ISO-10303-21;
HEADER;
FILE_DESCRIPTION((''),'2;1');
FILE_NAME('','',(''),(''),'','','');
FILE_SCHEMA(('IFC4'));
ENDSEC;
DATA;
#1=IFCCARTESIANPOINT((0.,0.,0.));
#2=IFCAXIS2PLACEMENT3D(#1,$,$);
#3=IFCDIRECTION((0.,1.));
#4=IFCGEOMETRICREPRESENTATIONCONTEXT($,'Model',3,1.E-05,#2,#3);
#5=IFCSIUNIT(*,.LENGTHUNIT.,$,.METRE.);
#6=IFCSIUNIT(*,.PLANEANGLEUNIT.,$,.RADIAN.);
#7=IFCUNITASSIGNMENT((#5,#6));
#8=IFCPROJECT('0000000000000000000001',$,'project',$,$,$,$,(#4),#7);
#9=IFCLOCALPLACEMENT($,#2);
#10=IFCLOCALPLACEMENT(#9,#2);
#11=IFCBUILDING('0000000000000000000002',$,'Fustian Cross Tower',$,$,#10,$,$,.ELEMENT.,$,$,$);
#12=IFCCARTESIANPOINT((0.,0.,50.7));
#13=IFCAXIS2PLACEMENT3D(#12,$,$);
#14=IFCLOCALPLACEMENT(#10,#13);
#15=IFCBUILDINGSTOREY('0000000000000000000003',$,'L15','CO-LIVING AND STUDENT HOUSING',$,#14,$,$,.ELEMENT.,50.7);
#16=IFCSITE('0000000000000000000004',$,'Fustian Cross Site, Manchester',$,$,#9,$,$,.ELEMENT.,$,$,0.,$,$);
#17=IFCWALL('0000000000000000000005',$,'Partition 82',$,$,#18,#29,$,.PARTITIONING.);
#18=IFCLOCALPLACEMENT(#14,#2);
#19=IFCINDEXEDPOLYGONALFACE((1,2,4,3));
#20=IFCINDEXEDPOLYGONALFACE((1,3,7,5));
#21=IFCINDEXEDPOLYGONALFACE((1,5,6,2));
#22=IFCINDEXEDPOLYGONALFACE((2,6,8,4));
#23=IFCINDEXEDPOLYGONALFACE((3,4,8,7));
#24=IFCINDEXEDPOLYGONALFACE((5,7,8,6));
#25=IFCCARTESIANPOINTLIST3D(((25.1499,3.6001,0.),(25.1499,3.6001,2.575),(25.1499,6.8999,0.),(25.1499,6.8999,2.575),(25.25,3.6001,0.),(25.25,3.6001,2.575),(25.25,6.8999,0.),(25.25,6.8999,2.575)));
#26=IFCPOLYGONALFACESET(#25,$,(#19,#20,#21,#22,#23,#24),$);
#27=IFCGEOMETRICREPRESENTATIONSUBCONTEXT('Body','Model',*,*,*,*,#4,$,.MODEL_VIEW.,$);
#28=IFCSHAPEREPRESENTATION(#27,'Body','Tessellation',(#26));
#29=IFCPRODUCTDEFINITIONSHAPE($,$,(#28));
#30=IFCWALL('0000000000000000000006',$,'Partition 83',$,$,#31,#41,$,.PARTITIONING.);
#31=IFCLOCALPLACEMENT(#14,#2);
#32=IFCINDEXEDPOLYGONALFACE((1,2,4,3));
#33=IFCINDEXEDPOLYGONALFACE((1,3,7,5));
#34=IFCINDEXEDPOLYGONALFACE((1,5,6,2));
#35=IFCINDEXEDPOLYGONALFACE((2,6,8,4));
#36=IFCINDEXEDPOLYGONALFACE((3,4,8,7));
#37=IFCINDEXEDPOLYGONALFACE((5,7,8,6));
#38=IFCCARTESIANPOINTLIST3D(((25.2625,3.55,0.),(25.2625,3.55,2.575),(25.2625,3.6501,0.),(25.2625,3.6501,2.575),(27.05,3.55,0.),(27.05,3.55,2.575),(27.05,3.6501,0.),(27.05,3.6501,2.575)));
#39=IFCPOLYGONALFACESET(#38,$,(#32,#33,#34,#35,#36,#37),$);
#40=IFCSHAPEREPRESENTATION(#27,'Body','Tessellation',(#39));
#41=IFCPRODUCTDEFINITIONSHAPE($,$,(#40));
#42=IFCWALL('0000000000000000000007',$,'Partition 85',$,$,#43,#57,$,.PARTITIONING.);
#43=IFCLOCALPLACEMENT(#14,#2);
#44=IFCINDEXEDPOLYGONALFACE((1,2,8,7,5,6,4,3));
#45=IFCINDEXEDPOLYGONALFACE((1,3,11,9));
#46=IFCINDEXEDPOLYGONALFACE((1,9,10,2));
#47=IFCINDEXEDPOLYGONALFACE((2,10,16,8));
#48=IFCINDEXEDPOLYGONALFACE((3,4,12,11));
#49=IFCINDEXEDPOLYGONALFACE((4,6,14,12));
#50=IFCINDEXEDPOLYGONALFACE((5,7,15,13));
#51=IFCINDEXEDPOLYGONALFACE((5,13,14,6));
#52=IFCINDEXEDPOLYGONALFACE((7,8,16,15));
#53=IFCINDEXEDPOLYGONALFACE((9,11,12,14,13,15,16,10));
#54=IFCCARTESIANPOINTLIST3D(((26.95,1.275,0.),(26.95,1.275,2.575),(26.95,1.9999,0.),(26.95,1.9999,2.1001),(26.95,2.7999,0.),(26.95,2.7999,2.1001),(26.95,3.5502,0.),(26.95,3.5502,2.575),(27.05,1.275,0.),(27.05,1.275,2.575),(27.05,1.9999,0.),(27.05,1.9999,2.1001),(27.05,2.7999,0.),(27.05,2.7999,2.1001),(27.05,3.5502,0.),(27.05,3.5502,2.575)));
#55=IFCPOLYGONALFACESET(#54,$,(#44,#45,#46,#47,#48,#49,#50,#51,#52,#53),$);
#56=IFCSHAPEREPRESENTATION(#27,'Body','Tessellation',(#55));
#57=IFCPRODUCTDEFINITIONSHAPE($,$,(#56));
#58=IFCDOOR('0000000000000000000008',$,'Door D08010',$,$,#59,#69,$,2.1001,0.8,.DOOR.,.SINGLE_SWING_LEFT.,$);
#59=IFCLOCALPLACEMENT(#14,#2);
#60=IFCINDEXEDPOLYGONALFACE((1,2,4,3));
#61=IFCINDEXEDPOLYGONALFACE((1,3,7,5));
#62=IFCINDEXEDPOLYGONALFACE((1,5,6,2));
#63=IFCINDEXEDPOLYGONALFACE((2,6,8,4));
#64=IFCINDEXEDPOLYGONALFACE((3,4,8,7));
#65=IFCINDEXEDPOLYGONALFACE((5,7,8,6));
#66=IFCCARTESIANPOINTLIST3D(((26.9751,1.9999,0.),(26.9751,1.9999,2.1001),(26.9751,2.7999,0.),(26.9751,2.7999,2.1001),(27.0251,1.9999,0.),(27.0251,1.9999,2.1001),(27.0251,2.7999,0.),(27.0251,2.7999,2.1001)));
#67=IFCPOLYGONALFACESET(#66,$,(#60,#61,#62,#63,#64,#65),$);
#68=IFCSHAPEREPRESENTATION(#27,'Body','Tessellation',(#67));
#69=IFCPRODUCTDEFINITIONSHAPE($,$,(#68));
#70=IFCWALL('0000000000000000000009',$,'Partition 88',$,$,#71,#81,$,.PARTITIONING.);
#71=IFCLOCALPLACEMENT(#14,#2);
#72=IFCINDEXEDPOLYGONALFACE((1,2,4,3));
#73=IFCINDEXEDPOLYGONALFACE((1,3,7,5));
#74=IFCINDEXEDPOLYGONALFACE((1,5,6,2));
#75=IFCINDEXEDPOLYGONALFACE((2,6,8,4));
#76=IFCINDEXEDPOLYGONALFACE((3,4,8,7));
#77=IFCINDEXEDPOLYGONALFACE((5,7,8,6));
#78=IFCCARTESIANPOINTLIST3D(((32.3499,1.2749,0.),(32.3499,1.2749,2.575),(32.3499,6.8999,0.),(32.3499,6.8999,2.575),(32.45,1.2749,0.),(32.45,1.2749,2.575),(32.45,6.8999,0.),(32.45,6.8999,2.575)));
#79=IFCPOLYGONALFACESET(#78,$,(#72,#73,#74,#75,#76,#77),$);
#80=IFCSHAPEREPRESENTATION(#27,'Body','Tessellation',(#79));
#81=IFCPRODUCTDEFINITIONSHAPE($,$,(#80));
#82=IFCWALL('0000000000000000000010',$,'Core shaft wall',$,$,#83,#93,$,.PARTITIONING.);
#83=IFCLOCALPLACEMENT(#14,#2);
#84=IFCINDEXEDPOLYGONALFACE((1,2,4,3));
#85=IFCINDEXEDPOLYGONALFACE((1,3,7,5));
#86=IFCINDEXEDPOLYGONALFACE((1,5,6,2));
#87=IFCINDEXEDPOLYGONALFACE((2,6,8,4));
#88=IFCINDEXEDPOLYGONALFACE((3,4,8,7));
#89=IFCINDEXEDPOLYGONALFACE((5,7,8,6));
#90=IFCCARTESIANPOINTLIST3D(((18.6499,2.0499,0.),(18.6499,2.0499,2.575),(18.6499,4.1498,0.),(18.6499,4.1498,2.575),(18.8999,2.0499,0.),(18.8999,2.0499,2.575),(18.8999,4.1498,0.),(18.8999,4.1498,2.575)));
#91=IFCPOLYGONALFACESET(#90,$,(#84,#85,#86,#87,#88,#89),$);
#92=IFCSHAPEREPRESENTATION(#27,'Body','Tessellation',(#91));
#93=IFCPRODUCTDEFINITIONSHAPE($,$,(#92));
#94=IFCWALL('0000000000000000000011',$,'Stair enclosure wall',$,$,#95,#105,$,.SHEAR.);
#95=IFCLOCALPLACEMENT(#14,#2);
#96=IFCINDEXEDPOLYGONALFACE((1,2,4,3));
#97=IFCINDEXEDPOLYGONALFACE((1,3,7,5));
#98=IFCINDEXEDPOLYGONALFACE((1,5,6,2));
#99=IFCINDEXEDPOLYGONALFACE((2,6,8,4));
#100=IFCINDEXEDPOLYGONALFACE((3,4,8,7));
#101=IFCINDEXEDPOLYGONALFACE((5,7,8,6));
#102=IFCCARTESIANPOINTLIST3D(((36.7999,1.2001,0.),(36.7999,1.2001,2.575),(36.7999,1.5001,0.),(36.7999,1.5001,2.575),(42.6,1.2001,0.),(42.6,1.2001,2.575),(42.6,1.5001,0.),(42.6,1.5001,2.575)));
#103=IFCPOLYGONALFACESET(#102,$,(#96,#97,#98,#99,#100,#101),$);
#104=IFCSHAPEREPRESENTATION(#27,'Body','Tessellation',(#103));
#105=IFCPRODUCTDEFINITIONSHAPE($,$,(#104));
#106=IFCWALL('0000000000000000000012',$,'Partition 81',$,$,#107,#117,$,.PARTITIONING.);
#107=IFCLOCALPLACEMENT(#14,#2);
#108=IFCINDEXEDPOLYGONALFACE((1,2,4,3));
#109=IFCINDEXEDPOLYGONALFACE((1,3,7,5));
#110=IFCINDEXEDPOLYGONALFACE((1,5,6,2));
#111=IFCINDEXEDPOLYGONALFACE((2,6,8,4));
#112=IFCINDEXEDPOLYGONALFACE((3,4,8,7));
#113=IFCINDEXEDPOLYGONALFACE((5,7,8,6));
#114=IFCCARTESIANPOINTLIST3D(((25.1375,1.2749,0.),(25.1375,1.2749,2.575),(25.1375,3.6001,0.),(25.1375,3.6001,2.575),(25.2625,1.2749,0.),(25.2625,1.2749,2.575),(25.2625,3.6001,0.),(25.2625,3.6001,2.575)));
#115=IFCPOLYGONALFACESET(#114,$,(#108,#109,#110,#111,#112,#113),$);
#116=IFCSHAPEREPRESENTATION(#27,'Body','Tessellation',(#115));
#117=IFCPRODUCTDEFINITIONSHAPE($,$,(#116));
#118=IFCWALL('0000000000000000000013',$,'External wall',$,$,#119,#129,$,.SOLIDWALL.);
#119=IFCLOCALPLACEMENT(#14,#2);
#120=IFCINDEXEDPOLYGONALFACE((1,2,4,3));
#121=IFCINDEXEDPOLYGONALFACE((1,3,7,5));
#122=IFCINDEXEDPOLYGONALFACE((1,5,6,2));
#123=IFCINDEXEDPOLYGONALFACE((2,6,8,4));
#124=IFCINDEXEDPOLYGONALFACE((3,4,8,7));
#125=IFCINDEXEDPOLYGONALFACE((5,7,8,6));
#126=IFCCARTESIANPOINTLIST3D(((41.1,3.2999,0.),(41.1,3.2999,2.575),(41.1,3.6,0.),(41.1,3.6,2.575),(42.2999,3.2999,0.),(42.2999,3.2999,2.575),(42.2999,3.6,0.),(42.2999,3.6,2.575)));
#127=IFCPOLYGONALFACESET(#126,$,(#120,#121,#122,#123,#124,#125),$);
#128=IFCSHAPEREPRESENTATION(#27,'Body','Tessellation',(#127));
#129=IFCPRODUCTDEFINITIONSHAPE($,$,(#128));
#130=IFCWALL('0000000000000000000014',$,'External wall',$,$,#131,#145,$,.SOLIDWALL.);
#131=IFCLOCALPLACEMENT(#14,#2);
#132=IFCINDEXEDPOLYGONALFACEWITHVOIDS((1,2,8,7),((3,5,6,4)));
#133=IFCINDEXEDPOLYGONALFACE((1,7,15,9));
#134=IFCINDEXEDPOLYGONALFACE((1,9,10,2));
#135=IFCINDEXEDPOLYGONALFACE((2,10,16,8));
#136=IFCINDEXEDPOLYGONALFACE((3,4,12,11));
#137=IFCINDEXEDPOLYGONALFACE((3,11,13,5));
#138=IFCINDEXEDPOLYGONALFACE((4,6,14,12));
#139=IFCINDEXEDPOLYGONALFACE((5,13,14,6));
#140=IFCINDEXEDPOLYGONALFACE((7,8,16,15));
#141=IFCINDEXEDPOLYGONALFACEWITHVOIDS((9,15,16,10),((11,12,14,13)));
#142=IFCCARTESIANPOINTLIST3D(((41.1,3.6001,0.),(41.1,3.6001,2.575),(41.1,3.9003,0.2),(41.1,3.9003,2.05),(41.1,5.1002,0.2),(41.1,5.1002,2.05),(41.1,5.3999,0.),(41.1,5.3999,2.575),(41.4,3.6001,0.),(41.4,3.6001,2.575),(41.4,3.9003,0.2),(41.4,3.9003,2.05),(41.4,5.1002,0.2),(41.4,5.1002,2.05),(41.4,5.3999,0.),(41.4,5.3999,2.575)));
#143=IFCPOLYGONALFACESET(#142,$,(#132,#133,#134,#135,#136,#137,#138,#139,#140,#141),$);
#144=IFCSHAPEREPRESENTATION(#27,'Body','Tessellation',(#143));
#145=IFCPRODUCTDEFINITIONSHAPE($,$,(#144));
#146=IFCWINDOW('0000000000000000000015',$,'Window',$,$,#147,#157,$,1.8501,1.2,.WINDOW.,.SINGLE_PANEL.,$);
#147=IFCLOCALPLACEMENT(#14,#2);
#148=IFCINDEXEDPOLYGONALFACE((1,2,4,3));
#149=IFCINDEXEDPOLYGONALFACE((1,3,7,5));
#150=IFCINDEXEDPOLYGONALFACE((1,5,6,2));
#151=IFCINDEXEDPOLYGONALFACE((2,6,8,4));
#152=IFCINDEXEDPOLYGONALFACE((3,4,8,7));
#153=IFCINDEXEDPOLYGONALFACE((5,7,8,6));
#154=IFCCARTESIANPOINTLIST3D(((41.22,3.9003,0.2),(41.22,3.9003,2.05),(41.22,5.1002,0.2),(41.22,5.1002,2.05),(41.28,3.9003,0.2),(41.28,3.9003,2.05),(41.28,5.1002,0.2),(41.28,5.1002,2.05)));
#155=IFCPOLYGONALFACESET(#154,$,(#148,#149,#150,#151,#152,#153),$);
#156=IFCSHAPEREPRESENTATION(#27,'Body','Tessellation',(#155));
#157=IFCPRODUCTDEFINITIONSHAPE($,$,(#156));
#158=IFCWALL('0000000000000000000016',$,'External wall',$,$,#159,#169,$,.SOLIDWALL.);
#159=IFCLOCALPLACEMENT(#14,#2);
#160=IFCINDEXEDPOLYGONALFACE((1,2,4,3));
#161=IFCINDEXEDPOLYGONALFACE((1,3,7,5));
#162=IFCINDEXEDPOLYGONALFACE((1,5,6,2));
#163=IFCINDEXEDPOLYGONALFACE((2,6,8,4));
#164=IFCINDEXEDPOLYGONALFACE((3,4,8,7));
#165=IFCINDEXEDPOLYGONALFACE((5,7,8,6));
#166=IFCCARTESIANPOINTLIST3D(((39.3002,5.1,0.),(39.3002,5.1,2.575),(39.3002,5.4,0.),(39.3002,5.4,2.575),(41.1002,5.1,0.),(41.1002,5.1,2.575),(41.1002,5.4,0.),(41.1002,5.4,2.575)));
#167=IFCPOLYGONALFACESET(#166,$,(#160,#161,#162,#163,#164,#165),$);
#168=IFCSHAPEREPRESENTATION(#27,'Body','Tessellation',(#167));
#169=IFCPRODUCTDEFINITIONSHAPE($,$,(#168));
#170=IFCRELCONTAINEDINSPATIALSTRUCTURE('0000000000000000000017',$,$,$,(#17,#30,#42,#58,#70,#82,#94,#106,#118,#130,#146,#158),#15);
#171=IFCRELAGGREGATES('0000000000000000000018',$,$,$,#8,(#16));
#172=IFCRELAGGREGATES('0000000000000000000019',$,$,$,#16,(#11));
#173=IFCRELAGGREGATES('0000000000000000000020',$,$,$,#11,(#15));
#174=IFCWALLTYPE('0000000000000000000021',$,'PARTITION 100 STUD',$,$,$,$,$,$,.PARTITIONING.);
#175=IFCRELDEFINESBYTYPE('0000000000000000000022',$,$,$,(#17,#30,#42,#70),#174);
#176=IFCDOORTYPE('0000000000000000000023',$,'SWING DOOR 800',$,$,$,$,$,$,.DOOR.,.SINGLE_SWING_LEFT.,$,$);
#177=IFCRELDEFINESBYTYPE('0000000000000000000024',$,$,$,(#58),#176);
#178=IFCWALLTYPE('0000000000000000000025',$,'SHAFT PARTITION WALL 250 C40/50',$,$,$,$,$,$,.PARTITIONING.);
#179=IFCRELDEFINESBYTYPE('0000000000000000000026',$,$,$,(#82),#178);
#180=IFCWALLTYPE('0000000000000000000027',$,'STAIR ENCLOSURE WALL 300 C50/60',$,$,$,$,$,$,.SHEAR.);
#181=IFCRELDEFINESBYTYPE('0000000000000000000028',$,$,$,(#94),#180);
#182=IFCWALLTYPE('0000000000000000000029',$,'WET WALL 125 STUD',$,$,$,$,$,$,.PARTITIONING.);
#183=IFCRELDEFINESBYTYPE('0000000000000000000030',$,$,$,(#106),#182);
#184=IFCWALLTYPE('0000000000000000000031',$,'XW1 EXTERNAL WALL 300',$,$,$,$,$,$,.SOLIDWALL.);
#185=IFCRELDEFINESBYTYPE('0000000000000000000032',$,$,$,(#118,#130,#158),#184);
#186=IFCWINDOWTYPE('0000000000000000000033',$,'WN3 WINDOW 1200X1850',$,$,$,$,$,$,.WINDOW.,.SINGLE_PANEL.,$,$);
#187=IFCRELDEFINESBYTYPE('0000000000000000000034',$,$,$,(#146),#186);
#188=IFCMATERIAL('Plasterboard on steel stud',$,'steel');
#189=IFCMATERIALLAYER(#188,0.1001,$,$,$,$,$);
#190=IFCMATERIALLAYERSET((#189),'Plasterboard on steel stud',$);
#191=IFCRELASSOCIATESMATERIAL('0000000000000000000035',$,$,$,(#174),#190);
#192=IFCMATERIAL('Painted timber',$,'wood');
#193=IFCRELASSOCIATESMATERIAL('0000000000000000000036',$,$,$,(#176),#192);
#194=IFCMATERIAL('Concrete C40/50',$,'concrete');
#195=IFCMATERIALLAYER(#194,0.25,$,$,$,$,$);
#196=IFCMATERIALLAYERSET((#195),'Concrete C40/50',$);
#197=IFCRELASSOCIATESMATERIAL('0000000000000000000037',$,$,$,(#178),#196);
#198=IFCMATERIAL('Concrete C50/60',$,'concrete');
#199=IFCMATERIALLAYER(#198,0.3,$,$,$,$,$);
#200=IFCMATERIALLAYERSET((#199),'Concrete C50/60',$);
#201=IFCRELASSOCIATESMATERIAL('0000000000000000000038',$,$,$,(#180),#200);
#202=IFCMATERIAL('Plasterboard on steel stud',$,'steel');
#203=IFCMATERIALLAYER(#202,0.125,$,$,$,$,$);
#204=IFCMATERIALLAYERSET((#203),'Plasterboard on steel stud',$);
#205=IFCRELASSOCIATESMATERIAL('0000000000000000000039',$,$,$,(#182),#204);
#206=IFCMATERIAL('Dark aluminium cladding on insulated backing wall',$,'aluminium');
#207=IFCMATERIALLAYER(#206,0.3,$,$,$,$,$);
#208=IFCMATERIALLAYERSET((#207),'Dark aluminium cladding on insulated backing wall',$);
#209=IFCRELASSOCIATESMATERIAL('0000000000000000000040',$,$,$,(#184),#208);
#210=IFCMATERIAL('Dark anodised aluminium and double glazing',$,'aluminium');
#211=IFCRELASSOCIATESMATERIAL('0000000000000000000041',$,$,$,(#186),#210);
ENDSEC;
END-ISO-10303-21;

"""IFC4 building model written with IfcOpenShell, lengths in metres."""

from ifc_helpers import new_model, si_unit, direction, frame, frame_2d, origin, place, context, subcontext, project, spatial, rectangle, extrude, material, layer, layer_set, type_object, element, fill, save


model = new_model("IFC4")

# Units and contexts
model_context = context("Model", 3, precision=1e-05, world=origin(), true_north=direction((0.0, 1.0)))
body_context = subcontext(model_context, "Body", "Model", "MODEL_VIEW")
ifc_project = project(units=[si_unit("LENGTHUNIT", "METRE"), si_unit("PLANEANGLEUNIT", "RADIAN")], contexts=[model_context])

# Site, building, storey
site_placement = place(None, origin())
site = spatial("IfcSite", under=ifc_project, at=site_placement, Name="Fustian Cross Site, Manchester", CompositionType="ELEMENT", RefElevation=0.0)
building_placement = place(site_placement, origin())
building = spatial("IfcBuilding", under=site, at=building_placement, Name="Fustian Cross Tower", CompositionType="ELEMENT")
storey_placement = place(building_placement, frame((0.0, 0.0, 50.7)))
storey = spatial("IfcBuildingStorey", under=building, at=storey_placement, Name="L15", Description="CO-LIVING AND STUDENT HOUSING", CompositionType="ELEMENT", Elevation=50.7)

# Walls
ifc_material_1 = material(Name="Plasterboard on steel stud", Category="steel")
ifc_layer_1 = layer(ifc_material_1, 0.1001)
ifc_layer_set_1 = layer_set([ifc_layer_1], Name="Plasterboard on steel stud")
wall_type_1 = type_object("IfcWallType", Name="PARTITION 100 STUD", PredefinedType="PARTITIONING", material=ifc_layer_set_1)
wall_1_placement = place(storey_placement, frame((25.2, 3.6001, 0.0), z_axis=(0.0, 0.0, 1.0), x_axis=(0.0, 1.0, 0.0)))
element("IfcWall", 1, at=wall_1_placement, inside=storey, type_object=wall_type_1, Name="Partition 82", PredefinedType="PARTITIONING", context=body_context, shape_type="SweptSolid", body=[
    extrude(rectangle(XDim=3.2998, YDim=0.1001, at=frame_2d((1.6499, 0.0))), origin(), (0.0, 0.0, 1.0), 2.575),
])
wall_2_placement = place(storey_placement, frame((25.2625, 3.6001, 0.0), z_axis=(0.0, 0.0, 1.0), x_axis=(1.0, 0.0, 0.0)))
element("IfcWall", 2, at=wall_2_placement, inside=storey, type_object=wall_type_1, Name="Partition 83", PredefinedType="PARTITIONING", context=body_context, shape_type="SweptSolid", body=[
    extrude(rectangle(XDim=1.7876, YDim=0.1001, at=frame_2d((0.8938, 0.0))), origin(), (0.0, 0.0, 1.0), 2.575),
])

# Wall, opening, door
wall_3_placement = place(storey_placement, frame((27.0, 1.2749, 0.0), z_axis=(0.0, 0.0, 1.0), x_axis=(0.0, 1.0, 0.0)))
wall_3 = element("IfcWall", 3, at=wall_3_placement, inside=storey, type_object=wall_type_1, Name="Partition 85", PredefinedType="PARTITIONING", context=body_context, shape_type="SweptSolid", body=[
    extrude(rectangle(XDim=2.2751, YDim=0.1001, at=frame_2d((1.1377, 0.0))), origin(), (0.0, 0.0, 1.0), 2.575),
])
opening_1_placement = place(wall_3_placement, frame((0.7251, 0.0, 0.0)))
opening_1 = element("IfcOpeningElement", 4, at=opening_1_placement, cuts=wall_3, PredefinedType="OPENING", context=body_context, shape_type="SweptSolid", body=[
    extrude(rectangle(XDim=0.8, YDim=2.1001, at=frame_2d((0.3999, 1.05))), frame((0.0, 0.0601, 0.0), z_axis=(0.0, -1.0, 0.0), x_axis=(1.0, 0.0, 0.0)), (0.0, 0.0, 1.0), 0.1201),
])
ifc_material_2 = material(Name="Painted timber", Category="wood")
door_type_1 = type_object("IfcDoorType", Name="SWING DOOR 800", OperationType="SINGLE_SWING_LEFT", PredefinedType="DOOR", material=ifc_material_2)
door_1_placement = place(opening_1_placement, origin())
door_1 = element("IfcDoor", 5, at=door_1_placement, inside=storey, type_object=door_type_1, Name="Door D08010", OperationType="SINGLE_SWING_LEFT", OverallHeight=2.1001, OverallWidth=0.8, PredefinedType="DOOR", context=body_context, shape_type="SweptSolid", body=[
    extrude(rectangle(XDim=0.8, YDim=2.1001, at=frame_2d((0.3999, 1.05))), frame((0.0, 0.0249, 0.0), z_axis=(0.0, -1.0, 0.0), x_axis=(1.0, 0.0, 0.0)), (0.0, 0.0, 1.0), 0.05),
])
fill(opening_1, door_1)

# Walls
wall_4_placement = place(storey_placement, frame((32.3999, 1.2749, 0.0), z_axis=(0.0, 0.0, 1.0), x_axis=(0.0, 1.0, 0.0)))
element("IfcWall", 6, at=wall_4_placement, inside=storey, type_object=wall_type_1, Name="Partition 88", PredefinedType="PARTITIONING", context=body_context, shape_type="SweptSolid", body=[
    extrude(rectangle(XDim=5.625, YDim=0.1001, at=frame_2d((2.8125, 0.0))), origin(), (0.0, 0.0, 1.0), 2.575),
])
ifc_material_3 = material(Name="Concrete C40/50", Category="concrete")
ifc_layer_2 = layer(ifc_material_3, 0.25)
ifc_layer_set_2 = layer_set([ifc_layer_2], Name="Concrete C40/50")
wall_type_2 = type_object("IfcWallType", Name="SHAFT PARTITION WALL 250 C40/50", PredefinedType="PARTITIONING", material=ifc_layer_set_2)
wall_5_placement = place(storey_placement, frame((18.7749, 2.05, 0.0), z_axis=(0.0, 0.0, 1.0), x_axis=(0.0, 1.0, 0.0)))
element("IfcWall", 7, at=wall_5_placement, inside=storey, type_object=wall_type_2, Name="Core shaft wall", PredefinedType="PARTITIONING", context=body_context, shape_type="SweptSolid", body=[
    extrude(rectangle(XDim=2.0999, YDim=0.25, at=frame_2d((1.0498, 0.0))), origin(), (0.0, 0.0, 1.0), 2.575),
])
ifc_material_4 = material(Name="Concrete C50/60", Category="concrete")
ifc_layer_3 = layer(ifc_material_4, 0.3)
ifc_layer_set_3 = layer_set([ifc_layer_3], Name="Concrete C50/60")
wall_type_3 = type_object("IfcWallType", Name="STAIR ENCLOSURE WALL 300 C50/60", PredefinedType="SHEAR", material=ifc_layer_set_3)
wall_6_placement = place(storey_placement, frame((36.8, 1.3501, 0.0), z_axis=(0.0, 0.0, 1.0), x_axis=(1.0, 0.0, 0.0)))
element("IfcWall", 8, at=wall_6_placement, inside=storey, type_object=wall_type_3, Name="Stair enclosure wall", PredefinedType="SHEAR", context=body_context, shape_type="SweptSolid", body=[
    extrude(rectangle(XDim=5.8, YDim=0.3, at=frame_2d((2.8999, 0.0))), origin(), (0.0, 0.0, 1.0), 2.575),
])
ifc_material_5 = material(Name="Plasterboard on steel stud", Category="steel")
ifc_layer_4 = layer(ifc_material_5, 0.125)
ifc_layer_set_4 = layer_set([ifc_layer_4], Name="Plasterboard on steel stud")
wall_type_4 = type_object("IfcWallType", Name="WET WALL 125 STUD", PredefinedType="PARTITIONING", material=ifc_layer_set_4)
wall_7_placement = place(storey_placement, frame((25.2, 1.2749, 0.0), z_axis=(0.0, 0.0, 1.0), x_axis=(0.0, 1.0, 0.0)))
element("IfcWall", 9, at=wall_7_placement, inside=storey, type_object=wall_type_4, Name="Partition 81", PredefinedType="PARTITIONING", context=body_context, shape_type="SweptSolid", body=[
    extrude(rectangle(XDim=2.3252, YDim=0.125, at=frame_2d((1.1626, 0.0))), origin(), (0.0, 0.0, 1.0), 2.575),
])
ifc_material_6 = material(Name="Dark aluminium cladding on insulated backing wall", Category="aluminium")
ifc_layer_5 = layer(ifc_material_6, 0.3)
ifc_layer_set_5 = layer_set([ifc_layer_5], Name="Dark aluminium cladding on insulated backing wall")
wall_type_5 = type_object("IfcWallType", Name="XW1 EXTERNAL WALL 300", PredefinedType="SOLIDWALL", material=ifc_layer_set_5)
wall_8_placement = place(storey_placement, frame((42.3, 3.45, 0.0), z_axis=(0.0, 0.0, 1.0), x_axis=(-1.0, 0.0, 0.0)))
element("IfcWall", 10, at=wall_8_placement, inside=storey, type_object=wall_type_5, Name="External wall", PredefinedType="SOLIDWALL", context=body_context, shape_type="SweptSolid", body=[
    extrude(rectangle(XDim=1.2, YDim=0.3, at=frame_2d((0.6001, 0.0))), origin(), (0.0, 0.0, 1.0), 2.575),
])

# Wall, opening, window
wall_9_placement = place(storey_placement, frame((41.25, 3.6001, 0.0), z_axis=(0.0, 0.0, 1.0), x_axis=(0.0, 1.0, 0.0)))
wall_9 = element("IfcWall", 11, at=wall_9_placement, inside=storey, type_object=wall_type_5, Name="External wall", PredefinedType="SOLIDWALL", context=body_context, shape_type="SweptSolid", body=[
    extrude(rectangle(XDim=1.7998, YDim=0.3, at=frame_2d((0.8999, 0.0))), origin(), (0.0, 0.0, 1.0), 2.575),
])
opening_2_placement = place(wall_9_placement, frame((0.3, 0.0, 0.2)))
opening_2 = element("IfcOpeningElement", 12, at=opening_2_placement, cuts=wall_9, PredefinedType="OPENING", context=body_context, shape_type="SweptSolid", body=[
    extrude(rectangle(XDim=1.2, YDim=1.8501, at=frame_2d((0.6001, 0.925))), frame((0.0, 0.1599, 0.0), z_axis=(0.0, -1.0, 0.0), x_axis=(1.0, 0.0, 0.0)), (0.0, 0.0, 1.0), 0.3201),
])
ifc_material_7 = material(Name="Dark anodised aluminium and double glazing", Category="aluminium")
window_type = type_object("IfcWindowType", Name="WN3 WINDOW 1200X1850", PartitioningType="SINGLE_PANEL", PredefinedType="WINDOW", material=ifc_material_7)
window_1_placement = place(opening_2_placement, origin())
window_1 = element("IfcWindow", 13, at=window_1_placement, inside=storey, type_object=window_type, Name="Window", OverallHeight=1.8501, OverallWidth=1.2, PartitioningType="SINGLE_PANEL", PredefinedType="WINDOW", context=body_context, shape_type="SweptSolid", body=[
    extrude(rectangle(XDim=1.2, YDim=1.8501, at=frame_2d((0.6001, 0.925))), frame((0.0, 0.03, 0.0), z_axis=(0.0, -1.0, 0.0), x_axis=(1.0, 0.0, 0.0)), (0.0, 0.0, 1.0), 0.0601),
])
fill(opening_2, window_1)

# Wall
wall_10_placement = place(storey_placement, frame((41.1001, 5.25, 0.0), z_axis=(0.0, 0.0, 1.0), x_axis=(-1.0, 0.0, 0.0)))
element("IfcWall", 14, at=wall_10_placement, inside=storey, type_object=wall_type_5, Name="External wall", PredefinedType="SOLIDWALL", context=body_context, shape_type="SweptSolid", body=[
    extrude(rectangle(XDim=1.8, YDim=0.3, at=frame_2d((0.8999, 0.0))), origin(), (0.0, 0.0, 1.0), 2.575),
])

save(model, "model.ifc")
